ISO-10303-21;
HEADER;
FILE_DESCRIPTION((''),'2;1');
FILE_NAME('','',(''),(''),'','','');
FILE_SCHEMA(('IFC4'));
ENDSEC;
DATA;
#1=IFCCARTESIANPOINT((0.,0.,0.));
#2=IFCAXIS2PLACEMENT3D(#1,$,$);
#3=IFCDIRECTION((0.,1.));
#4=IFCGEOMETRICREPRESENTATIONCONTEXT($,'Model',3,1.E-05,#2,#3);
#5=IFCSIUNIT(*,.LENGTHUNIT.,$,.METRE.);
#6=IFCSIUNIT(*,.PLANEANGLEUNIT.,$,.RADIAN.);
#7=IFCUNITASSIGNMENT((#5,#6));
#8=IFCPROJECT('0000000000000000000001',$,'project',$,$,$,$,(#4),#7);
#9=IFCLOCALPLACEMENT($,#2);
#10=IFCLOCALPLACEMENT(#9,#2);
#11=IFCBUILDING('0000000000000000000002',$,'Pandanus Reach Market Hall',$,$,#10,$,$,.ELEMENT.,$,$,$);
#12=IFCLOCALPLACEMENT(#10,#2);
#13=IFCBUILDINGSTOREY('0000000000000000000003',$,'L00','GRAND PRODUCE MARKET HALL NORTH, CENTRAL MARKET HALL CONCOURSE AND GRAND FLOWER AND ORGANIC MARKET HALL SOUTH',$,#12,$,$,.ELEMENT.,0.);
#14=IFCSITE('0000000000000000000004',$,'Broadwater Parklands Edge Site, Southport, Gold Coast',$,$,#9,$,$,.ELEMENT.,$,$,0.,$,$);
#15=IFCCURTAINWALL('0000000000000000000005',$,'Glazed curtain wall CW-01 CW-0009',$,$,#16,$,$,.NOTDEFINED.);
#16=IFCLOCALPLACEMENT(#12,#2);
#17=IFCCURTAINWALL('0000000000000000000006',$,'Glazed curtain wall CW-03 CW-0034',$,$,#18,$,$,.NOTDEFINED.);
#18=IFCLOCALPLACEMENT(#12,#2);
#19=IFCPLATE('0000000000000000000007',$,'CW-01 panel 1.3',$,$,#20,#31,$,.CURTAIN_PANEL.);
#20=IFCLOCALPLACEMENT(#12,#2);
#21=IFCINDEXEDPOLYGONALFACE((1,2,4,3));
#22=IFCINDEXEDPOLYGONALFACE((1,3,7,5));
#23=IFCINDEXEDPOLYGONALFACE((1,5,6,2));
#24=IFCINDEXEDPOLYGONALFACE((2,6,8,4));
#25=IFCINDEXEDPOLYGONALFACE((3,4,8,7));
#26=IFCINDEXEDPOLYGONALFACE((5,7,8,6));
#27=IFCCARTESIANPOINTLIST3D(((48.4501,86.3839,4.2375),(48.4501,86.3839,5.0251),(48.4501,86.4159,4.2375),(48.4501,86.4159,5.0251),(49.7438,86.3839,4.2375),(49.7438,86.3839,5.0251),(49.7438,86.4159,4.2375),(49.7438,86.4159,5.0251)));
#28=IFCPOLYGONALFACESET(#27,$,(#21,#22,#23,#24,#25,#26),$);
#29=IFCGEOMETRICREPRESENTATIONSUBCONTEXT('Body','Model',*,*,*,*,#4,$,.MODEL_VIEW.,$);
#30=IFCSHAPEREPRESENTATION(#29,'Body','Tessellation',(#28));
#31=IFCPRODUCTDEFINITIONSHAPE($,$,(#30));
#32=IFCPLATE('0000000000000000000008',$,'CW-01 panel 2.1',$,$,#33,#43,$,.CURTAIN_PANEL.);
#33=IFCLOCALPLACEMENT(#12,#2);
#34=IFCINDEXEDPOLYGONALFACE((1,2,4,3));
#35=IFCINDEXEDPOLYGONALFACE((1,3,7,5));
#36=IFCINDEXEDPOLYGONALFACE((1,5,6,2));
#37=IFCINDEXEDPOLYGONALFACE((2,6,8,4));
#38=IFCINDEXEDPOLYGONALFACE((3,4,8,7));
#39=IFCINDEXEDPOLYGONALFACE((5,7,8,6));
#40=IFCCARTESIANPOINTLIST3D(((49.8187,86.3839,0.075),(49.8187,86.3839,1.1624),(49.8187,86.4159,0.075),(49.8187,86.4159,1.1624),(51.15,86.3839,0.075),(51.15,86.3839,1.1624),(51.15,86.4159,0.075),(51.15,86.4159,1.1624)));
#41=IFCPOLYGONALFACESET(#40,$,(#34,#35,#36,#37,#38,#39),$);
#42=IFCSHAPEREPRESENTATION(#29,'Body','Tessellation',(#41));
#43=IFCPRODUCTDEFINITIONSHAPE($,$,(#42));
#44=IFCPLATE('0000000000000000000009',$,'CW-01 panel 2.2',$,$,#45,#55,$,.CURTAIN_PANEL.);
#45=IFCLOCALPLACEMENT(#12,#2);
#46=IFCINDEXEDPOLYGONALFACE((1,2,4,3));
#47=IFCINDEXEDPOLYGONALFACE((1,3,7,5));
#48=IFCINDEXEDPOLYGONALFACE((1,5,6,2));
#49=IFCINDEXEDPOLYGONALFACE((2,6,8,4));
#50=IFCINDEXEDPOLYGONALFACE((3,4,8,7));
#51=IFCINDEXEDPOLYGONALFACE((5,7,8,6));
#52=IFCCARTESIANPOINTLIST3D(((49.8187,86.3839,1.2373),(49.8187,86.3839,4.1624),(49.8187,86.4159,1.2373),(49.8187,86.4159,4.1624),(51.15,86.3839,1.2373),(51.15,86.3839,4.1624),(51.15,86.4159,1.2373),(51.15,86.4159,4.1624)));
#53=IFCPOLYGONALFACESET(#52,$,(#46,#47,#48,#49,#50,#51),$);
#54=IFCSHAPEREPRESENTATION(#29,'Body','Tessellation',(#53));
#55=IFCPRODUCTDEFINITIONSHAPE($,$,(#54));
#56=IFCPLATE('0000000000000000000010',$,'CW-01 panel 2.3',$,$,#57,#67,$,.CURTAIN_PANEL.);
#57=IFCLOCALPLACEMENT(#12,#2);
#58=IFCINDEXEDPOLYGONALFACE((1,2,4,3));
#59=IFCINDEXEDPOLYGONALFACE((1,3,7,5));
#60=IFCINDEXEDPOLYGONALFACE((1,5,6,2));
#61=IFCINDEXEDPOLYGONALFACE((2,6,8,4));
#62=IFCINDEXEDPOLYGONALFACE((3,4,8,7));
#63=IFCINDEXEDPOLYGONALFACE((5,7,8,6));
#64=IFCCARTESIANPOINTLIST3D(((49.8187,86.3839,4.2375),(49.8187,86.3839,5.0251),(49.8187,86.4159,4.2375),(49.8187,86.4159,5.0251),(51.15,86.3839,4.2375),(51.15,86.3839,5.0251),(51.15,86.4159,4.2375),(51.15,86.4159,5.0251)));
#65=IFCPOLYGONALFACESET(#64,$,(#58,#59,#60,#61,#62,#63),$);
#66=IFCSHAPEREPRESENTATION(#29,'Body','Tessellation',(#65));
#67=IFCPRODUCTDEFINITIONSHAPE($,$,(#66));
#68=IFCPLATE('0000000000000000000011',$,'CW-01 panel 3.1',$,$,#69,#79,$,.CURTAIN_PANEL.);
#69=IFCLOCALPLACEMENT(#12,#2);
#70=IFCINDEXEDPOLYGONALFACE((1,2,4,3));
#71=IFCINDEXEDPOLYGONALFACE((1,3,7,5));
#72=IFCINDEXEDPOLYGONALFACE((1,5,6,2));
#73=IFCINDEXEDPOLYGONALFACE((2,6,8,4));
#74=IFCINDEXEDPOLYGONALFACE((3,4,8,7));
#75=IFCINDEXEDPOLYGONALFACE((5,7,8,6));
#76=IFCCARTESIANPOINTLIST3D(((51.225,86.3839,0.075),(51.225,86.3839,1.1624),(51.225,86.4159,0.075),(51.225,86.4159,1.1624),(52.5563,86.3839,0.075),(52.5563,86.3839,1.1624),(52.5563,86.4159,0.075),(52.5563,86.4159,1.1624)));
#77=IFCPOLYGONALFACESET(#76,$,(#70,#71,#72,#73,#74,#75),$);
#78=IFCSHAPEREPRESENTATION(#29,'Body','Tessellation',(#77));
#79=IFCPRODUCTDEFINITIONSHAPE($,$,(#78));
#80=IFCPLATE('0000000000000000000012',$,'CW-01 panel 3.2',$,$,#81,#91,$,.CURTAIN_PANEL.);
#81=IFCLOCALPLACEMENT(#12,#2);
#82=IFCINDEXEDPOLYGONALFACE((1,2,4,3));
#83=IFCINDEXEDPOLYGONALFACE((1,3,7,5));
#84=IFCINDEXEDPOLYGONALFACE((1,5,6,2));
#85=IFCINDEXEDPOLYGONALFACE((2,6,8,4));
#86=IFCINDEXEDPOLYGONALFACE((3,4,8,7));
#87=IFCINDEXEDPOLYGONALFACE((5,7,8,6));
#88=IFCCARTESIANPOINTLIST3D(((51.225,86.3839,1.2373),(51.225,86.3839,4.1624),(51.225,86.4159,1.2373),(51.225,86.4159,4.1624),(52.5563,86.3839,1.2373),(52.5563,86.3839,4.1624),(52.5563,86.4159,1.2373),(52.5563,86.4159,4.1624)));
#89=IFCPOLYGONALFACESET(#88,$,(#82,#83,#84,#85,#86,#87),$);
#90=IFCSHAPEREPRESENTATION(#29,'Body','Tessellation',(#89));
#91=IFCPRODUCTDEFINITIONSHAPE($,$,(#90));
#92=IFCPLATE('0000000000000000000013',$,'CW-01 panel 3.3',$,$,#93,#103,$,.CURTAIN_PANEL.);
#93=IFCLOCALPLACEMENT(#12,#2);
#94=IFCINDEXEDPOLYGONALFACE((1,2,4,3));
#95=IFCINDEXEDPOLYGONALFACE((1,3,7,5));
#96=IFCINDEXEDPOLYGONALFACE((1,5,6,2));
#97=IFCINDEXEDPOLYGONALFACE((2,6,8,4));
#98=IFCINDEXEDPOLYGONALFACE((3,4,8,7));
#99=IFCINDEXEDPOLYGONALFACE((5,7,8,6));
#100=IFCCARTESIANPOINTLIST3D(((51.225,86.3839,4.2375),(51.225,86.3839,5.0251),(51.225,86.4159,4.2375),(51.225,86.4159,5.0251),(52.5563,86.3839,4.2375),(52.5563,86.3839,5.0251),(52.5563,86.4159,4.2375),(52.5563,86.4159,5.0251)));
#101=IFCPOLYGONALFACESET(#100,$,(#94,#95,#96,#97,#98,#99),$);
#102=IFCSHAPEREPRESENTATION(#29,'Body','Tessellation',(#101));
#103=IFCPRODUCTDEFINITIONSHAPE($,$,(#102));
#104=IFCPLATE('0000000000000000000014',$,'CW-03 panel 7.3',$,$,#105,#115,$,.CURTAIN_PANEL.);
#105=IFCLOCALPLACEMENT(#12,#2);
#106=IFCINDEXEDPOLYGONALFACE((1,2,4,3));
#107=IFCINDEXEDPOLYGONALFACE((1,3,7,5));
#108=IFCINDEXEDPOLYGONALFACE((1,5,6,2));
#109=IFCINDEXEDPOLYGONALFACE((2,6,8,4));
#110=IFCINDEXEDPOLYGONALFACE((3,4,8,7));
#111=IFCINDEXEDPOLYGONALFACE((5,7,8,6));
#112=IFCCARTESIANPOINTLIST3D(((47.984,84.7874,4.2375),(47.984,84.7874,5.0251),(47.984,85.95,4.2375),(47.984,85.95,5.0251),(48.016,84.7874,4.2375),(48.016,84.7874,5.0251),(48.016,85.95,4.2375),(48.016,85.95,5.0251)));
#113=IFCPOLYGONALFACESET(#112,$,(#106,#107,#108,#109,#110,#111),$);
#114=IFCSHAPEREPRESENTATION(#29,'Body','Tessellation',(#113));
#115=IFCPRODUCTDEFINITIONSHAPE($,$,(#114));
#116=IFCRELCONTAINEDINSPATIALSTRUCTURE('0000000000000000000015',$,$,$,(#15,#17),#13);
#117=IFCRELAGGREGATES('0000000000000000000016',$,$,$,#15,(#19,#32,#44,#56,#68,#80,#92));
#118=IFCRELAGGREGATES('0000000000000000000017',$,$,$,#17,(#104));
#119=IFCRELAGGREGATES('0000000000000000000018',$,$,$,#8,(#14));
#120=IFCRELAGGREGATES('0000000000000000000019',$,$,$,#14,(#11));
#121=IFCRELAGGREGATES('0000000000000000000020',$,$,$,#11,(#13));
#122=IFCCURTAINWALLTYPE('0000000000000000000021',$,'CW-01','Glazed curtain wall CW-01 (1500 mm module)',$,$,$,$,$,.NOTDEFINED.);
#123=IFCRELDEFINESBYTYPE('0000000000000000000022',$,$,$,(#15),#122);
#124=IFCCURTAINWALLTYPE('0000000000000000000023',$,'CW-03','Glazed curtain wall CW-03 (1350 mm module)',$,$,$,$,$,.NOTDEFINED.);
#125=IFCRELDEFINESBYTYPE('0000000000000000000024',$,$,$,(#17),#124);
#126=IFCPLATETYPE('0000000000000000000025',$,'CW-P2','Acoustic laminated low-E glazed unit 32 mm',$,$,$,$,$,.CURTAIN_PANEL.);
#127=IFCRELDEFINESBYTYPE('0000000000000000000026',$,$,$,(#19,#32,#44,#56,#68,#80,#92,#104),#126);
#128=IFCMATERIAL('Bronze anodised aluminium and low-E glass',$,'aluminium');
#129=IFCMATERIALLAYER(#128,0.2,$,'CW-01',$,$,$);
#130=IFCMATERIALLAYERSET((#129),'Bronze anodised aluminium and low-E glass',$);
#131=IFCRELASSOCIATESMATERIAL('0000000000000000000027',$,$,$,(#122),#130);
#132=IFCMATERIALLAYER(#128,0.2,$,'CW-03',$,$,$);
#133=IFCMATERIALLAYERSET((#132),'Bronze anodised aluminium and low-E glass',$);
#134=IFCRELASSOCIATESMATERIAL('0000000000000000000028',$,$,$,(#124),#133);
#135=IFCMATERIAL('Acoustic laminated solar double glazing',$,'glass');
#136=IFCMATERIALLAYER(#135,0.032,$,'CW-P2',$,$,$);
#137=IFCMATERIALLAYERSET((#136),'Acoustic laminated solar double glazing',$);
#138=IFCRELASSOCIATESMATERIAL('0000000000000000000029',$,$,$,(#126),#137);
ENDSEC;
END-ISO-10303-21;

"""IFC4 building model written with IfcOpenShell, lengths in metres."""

from ifc_helpers import new_model, si_unit, direction, frame, origin, origin_2d, place, context, subcontext, project, spatial, rectangle, extrude, material, layer, layer_set, type_object, element, aggregate, save


model = new_model("IFC4")

# Units and contexts
model_context = context("Model", 3, precision=1e-05, world=origin(), true_north=direction((0.0, 1.0)))
body_context = subcontext(model_context, "Body", "Model", "MODEL_VIEW")
ifc_project = project(units=[si_unit("LENGTHUNIT", "METRE"), si_unit("PLANEANGLEUNIT", "RADIAN")], contexts=[model_context])

# Site, building, storey
site_placement = place(None, origin())
site = spatial("IfcSite", under=ifc_project, at=site_placement, Name="Broadwater Parklands Edge Site, Southport, Gold Coast", CompositionType="ELEMENT", RefElevation=0.0)
building_placement = place(site_placement, origin())
building = spatial("IfcBuilding", under=site, at=building_placement, Name="Pandanus Reach Market Hall", CompositionType="ELEMENT")
storey_placement = place(building_placement, origin())
storey = spatial("IfcBuildingStorey", under=building, at=storey_placement, Name="L00", Description="GRAND PRODUCE MARKET HALL NORTH, CENTRAL MARKET HALL CONCOURSE AND GRAND FLOWER AND ORGANIC MARKET HALL SOUTH", CompositionType="ELEMENT", Elevation=0.0)

# Curtain wall
ifc_material_1 = material(Name="Bronze anodised aluminium and low-E glass", Category="aluminium")
ifc_layer_1 = layer(ifc_material_1, 0.2, Name="CW-01")
ifc_layer_set_1 = layer_set([ifc_layer_1], Name="Bronze anodised aluminium and low-E glass")
curtain_wall_type_1 = type_object("IfcCurtainWallType", Name="CW-01", Description="Glazed curtain wall CW-01 (1500 mm module)", PredefinedType="NOTDEFINED", material=ifc_layer_set_1)
curtain_wall_1_placement = place(storey_placement, origin())
curtain_wall_1 = element("IfcCurtainWall", 1, at=curtain_wall_1_placement, inside=storey, type_object=curtain_wall_type_1, Name="Glazed curtain wall CW-01 CW-0009", PredefinedType="NOTDEFINED")

# Curtain wall
ifc_layer_2 = layer(ifc_material_1, 0.2, Name="CW-03")
ifc_layer_set_2 = layer_set([ifc_layer_2], Name="Bronze anodised aluminium and low-E glass")
curtain_wall_type_2 = type_object("IfcCurtainWallType", Name="CW-03", Description="Glazed curtain wall CW-03 (1350 mm module)", PredefinedType="NOTDEFINED", material=ifc_layer_set_2)
curtain_wall_2_placement = place(storey_placement, origin())
curtain_wall_2 = element("IfcCurtainWall", 2, at=curtain_wall_2_placement, inside=storey, type_object=curtain_wall_type_2, Name="Glazed curtain wall CW-03 CW-0034", PredefinedType="NOTDEFINED")

# Plates
ifc_material_2 = material(Name="Acoustic laminated solar double glazing", Category="glass")
ifc_layer_3 = layer(ifc_material_2, 0.032, Name="CW-P2")
ifc_layer_set_3 = layer_set([ifc_layer_3], Name="Acoustic laminated solar double glazing")
plate_type = type_object("IfcPlateType", Name="CW-P2", Description="Acoustic laminated low-E glazed unit 32 mm", PredefinedType="CURTAIN_PANEL", material=ifc_layer_set_3)
plate_1_placement = place(storey_placement, frame((49.0969, 86.3999, 4.2375), z_axis=(0.0, 0.0, 1.0), x_axis=(1.0, 0.0, 0.0)))
plate_1 = element("IfcPlate", 3, at=plate_1_placement, type_object=plate_type, Name="CW-01 panel 1.3", PredefinedType="CURTAIN_PANEL", context=body_context, shape_type="SweptSolid", body=[
    extrude(rectangle(XDim=1.2937, YDim=0.032, at=origin_2d()), origin(), (0.0, 0.0, 1.0), 0.7876),
])
plate_2_placement = place(storey_placement, frame((50.4844, 86.3999, 0.075), z_axis=(0.0, 0.0, 1.0), x_axis=(1.0, 0.0, 0.0)))
plate_2 = element("IfcPlate", 4, at=plate_2_placement, type_object=plate_type, Name="CW-01 panel 2.1", PredefinedType="CURTAIN_PANEL", context=body_context, shape_type="SweptSolid", body=[
    extrude(rectangle(XDim=1.3313, YDim=0.032, at=origin_2d()), origin(), (0.0, 0.0, 1.0), 1.0874),
])
plate_3_placement = place(storey_placement, frame((50.4844, 86.3999, 1.2373), z_axis=(0.0, 0.0, 1.0), x_axis=(1.0, 0.0, 0.0)))
plate_3 = element("IfcPlate", 5, at=plate_3_placement, type_object=plate_type, Name="CW-01 panel 2.2", PredefinedType="CURTAIN_PANEL", context=body_context, shape_type="SweptSolid", body=[
    extrude(rectangle(XDim=1.3313, YDim=0.032, at=origin_2d()), origin(), (0.0, 0.0, 1.0), 2.925),
])
plate_4_placement = place(storey_placement, frame((50.4844, 86.3999, 4.2375), z_axis=(0.0, 0.0, 1.0), x_axis=(1.0, 0.0, 0.0)))
plate_4 = element("IfcPlate", 6, at=plate_4_placement, type_object=plate_type, Name="CW-01 panel 2.3", PredefinedType="CURTAIN_PANEL", context=body_context, shape_type="SweptSolid", body=[
    extrude(rectangle(XDim=1.3313, YDim=0.032, at=origin_2d()), origin(), (0.0, 0.0, 1.0), 0.7876),
])
plate_5_placement = place(storey_placement, frame((51.8906, 86.3999, 0.075), z_axis=(0.0, 0.0, 1.0), x_axis=(1.0, 0.0, 0.0)))
plate_5 = element("IfcPlate", 7, at=plate_5_placement, type_object=plate_type, Name="CW-01 panel 3.1", PredefinedType="CURTAIN_PANEL", context=body_context, shape_type="SweptSolid", body=[
    extrude(rectangle(XDim=1.3313, YDim=0.032, at=origin_2d()), origin(), (0.0, 0.0, 1.0), 1.0874),
])
plate_6_placement = place(storey_placement, frame((51.8906, 86.3999, 1.2373), z_axis=(0.0, 0.0, 1.0), x_axis=(1.0, 0.0, 0.0)))
plate_6 = element("IfcPlate", 8, at=plate_6_placement, type_object=plate_type, Name="CW-01 panel 3.2", PredefinedType="CURTAIN_PANEL", context=body_context, shape_type="SweptSolid", body=[
    extrude(rectangle(XDim=1.3313, YDim=0.032, at=origin_2d()), origin(), (0.0, 0.0, 1.0), 2.925),
])
plate_7_placement = place(storey_placement, frame((51.8906, 86.3999, 4.2375), z_axis=(0.0, 0.0, 1.0), x_axis=(1.0, 0.0, 0.0)))
plate_7 = element("IfcPlate", 9, at=plate_7_placement, type_object=plate_type, Name="CW-01 panel 3.3", PredefinedType="CURTAIN_PANEL", context=body_context, shape_type="SweptSolid", body=[
    extrude(rectangle(XDim=1.3313, YDim=0.032, at=origin_2d()), origin(), (0.0, 0.0, 1.0), 0.7876),
])
aggregate(curtain_wall_1, [plate_1, plate_2, plate_3, plate_4, plate_5, plate_6, plate_7])
plate_8_placement = place(storey_placement, frame((48.0, 85.3687, 4.2375), z_axis=(0.0, 0.0, 1.0), x_axis=(0.0, 1.0, 0.0)))
plate_8 = element("IfcPlate", 10, at=plate_8_placement, type_object=plate_type, Name="CW-03 panel 7.3", PredefinedType="CURTAIN_PANEL", context=body_context, shape_type="SweptSolid", body=[
    extrude(rectangle(XDim=1.1626, YDim=0.032, at=origin_2d()), origin(), (0.0, 0.0, 1.0), 0.7876),
])
aggregate(curtain_wall_2, [plate_8])

save(model, "model.ifc")
